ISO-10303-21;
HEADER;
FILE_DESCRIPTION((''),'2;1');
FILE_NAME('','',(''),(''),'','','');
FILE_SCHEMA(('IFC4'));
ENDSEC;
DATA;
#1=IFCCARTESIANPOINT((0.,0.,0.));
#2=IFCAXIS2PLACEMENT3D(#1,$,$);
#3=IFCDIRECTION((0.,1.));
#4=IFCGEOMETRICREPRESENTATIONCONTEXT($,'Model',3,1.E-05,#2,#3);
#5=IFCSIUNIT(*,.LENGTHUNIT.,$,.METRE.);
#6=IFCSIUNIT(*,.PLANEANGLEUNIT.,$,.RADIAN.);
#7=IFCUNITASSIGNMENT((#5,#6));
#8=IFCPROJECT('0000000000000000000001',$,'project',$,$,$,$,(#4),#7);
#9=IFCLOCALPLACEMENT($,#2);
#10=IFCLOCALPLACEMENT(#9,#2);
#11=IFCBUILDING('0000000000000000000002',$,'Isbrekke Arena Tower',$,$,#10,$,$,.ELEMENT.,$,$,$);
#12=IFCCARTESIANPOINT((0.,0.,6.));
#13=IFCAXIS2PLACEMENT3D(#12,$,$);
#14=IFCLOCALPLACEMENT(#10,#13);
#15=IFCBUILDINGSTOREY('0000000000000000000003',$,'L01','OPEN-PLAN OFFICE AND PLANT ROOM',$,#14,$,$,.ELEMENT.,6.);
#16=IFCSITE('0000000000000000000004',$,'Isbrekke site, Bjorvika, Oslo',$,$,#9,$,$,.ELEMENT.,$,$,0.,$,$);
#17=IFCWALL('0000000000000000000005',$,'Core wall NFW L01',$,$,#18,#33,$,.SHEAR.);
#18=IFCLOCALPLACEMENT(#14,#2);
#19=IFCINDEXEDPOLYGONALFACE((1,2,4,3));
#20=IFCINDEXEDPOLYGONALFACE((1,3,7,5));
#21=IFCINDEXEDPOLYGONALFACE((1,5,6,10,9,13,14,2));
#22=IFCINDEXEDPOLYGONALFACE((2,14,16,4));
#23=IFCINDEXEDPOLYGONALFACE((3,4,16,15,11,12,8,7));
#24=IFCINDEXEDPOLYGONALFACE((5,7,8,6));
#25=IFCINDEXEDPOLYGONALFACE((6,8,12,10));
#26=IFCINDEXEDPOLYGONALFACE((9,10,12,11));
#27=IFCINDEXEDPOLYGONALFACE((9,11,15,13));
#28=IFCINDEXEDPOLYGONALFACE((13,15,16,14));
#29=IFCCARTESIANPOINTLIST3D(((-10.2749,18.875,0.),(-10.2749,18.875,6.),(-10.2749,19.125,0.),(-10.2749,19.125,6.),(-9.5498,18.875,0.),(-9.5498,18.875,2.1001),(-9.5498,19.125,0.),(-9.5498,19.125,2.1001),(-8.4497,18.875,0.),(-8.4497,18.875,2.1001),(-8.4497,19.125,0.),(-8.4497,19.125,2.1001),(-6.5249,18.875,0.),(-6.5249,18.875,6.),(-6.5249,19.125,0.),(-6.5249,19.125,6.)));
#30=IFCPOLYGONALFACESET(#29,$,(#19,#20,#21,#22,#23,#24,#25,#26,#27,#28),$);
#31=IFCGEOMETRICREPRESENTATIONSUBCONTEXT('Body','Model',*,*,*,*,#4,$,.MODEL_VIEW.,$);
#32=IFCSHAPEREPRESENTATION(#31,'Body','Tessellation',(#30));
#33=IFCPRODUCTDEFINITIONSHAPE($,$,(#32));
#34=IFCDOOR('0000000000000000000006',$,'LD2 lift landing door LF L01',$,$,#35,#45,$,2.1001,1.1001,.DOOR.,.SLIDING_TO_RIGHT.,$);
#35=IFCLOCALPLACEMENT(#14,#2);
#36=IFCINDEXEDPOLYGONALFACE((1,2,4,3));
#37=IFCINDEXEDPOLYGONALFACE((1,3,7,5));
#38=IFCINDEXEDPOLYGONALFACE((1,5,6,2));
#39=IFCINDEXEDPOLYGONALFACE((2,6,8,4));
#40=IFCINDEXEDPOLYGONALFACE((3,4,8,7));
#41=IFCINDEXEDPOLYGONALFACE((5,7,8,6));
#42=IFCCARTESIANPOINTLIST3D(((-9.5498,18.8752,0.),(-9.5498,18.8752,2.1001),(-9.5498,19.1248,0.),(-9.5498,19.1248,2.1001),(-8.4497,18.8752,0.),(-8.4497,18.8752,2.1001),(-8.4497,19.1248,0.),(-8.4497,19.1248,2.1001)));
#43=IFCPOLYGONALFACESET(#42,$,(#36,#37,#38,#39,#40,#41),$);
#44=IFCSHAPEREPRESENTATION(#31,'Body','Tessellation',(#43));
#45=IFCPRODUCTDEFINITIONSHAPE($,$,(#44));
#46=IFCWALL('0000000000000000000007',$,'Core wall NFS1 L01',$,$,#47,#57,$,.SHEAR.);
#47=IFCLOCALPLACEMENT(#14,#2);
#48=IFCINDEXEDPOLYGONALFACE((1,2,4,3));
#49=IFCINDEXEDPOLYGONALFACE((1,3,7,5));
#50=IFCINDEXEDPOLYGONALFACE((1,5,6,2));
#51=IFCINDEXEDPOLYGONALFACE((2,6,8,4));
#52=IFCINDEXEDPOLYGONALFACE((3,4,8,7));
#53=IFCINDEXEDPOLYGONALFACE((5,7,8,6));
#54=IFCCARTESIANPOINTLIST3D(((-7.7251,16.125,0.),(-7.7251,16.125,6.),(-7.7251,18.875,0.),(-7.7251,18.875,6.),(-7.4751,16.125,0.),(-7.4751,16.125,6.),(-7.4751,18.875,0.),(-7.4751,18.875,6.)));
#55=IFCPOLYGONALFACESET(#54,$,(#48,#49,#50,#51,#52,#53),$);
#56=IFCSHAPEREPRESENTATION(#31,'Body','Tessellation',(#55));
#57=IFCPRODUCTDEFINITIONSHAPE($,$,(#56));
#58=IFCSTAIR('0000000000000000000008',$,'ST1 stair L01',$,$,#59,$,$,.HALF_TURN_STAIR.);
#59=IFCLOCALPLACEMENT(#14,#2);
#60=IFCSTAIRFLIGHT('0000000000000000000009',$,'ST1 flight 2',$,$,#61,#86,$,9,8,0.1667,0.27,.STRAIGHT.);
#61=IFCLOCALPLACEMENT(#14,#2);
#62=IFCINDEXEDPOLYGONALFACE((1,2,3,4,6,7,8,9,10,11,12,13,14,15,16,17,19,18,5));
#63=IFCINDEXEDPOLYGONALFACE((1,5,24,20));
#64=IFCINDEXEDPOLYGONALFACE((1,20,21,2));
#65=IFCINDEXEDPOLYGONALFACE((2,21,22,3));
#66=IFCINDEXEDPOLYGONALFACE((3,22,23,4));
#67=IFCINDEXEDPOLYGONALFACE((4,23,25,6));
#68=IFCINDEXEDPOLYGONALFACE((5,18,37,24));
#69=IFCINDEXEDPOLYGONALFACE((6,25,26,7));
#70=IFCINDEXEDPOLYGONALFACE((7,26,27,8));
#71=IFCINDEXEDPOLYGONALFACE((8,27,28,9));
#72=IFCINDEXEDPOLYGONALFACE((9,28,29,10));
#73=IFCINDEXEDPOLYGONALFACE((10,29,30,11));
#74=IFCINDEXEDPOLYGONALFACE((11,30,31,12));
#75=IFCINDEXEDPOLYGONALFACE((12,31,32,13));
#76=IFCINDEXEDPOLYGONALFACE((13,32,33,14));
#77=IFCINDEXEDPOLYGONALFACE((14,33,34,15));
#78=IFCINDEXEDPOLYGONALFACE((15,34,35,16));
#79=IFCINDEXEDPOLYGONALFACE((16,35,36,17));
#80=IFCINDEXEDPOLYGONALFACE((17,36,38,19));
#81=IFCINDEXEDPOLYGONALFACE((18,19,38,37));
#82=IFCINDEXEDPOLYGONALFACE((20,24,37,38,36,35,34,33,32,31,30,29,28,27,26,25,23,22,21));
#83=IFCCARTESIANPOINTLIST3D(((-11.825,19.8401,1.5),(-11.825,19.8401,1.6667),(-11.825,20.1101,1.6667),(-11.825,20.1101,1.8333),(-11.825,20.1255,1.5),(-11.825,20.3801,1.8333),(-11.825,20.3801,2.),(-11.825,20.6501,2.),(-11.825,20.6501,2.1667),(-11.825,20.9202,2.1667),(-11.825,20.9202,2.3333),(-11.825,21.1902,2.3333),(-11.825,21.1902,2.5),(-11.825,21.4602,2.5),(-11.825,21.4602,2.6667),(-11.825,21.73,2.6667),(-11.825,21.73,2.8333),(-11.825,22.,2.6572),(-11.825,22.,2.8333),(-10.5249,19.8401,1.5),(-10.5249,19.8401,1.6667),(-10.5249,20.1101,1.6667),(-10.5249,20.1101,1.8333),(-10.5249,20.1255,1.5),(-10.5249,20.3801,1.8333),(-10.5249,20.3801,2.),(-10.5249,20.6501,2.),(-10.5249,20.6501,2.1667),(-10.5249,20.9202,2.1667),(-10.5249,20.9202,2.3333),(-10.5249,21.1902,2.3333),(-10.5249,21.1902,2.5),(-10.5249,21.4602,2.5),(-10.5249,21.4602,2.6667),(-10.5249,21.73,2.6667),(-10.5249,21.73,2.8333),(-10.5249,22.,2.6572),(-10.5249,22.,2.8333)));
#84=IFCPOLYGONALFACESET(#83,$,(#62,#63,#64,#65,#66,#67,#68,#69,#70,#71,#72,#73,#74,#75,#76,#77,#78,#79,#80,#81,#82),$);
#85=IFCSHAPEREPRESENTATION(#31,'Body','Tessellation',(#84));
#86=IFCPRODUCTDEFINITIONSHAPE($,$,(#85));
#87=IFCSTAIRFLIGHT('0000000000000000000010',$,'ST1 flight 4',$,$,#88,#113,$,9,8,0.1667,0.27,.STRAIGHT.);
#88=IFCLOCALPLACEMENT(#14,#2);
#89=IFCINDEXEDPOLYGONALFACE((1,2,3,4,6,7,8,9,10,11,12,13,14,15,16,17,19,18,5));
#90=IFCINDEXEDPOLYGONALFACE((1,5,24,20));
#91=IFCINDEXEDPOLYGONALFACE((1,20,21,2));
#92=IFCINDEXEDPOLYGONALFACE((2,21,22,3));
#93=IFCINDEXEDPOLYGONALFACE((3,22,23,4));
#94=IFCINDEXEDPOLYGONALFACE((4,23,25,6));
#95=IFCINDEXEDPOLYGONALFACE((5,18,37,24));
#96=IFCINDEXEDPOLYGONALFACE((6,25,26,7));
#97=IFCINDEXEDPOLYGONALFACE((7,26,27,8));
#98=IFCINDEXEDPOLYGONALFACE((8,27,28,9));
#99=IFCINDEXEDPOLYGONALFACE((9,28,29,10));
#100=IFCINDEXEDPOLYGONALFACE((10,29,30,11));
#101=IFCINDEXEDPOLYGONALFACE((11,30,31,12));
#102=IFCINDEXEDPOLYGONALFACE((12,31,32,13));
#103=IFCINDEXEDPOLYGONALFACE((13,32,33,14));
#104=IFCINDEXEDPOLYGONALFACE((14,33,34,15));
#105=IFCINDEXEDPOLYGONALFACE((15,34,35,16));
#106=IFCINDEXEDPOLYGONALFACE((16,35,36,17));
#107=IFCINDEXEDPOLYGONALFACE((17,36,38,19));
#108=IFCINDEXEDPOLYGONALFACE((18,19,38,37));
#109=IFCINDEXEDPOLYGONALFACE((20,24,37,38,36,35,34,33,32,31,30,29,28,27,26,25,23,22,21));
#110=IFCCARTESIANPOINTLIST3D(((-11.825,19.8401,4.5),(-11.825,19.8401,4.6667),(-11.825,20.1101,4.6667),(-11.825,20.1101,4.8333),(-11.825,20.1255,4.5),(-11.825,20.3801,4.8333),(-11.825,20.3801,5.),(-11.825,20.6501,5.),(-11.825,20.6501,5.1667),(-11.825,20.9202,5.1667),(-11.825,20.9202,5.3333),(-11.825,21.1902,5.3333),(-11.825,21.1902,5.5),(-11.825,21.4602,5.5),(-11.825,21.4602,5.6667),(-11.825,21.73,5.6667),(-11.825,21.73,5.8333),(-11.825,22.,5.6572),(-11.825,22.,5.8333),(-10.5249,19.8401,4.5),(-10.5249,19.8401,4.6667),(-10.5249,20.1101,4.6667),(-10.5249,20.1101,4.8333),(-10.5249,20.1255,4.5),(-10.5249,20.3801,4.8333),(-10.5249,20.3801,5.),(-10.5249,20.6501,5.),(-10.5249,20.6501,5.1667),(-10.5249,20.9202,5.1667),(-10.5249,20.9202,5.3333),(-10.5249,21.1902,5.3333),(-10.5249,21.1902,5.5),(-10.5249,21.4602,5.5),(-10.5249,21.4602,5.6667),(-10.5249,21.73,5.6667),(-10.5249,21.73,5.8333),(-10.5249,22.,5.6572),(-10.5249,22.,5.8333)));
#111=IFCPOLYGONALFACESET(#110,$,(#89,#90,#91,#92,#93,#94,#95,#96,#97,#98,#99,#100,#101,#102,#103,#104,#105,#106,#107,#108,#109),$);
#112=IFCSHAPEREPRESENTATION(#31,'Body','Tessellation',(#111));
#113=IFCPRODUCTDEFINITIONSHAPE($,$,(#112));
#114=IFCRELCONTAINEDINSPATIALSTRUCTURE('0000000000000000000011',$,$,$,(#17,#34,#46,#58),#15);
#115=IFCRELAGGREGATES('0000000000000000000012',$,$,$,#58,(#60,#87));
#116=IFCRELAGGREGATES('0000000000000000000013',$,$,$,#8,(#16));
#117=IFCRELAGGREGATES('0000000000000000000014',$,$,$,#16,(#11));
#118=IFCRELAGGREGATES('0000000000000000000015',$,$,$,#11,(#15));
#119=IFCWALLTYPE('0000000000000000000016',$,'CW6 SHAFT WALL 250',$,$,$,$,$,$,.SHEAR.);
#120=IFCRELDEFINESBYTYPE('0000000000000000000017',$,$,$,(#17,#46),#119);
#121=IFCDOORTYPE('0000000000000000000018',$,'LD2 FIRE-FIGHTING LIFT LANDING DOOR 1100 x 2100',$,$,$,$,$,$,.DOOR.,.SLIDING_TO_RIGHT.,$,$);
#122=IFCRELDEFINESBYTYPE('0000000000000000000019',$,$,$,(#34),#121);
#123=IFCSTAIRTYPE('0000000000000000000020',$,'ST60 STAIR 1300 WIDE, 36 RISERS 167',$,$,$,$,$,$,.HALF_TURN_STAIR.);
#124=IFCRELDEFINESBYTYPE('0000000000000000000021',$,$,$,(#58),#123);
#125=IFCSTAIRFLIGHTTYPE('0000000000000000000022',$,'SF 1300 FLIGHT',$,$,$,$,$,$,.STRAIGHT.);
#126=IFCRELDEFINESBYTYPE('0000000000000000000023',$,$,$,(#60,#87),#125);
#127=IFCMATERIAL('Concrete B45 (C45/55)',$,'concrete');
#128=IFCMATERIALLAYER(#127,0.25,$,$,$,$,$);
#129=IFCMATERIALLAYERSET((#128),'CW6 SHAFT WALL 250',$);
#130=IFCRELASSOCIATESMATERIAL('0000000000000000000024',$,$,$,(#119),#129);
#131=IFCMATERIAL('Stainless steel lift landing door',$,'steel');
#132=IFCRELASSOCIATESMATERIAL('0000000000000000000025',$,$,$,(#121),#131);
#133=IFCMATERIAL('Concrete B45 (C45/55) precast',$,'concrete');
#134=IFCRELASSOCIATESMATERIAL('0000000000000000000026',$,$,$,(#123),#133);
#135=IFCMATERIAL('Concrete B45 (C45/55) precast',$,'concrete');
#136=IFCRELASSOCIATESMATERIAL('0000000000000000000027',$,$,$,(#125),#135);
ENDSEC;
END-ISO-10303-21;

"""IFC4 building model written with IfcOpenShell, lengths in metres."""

from ifc_helpers import new_model, si_unit, direction, frame, frame_2d, origin, place, context, subcontext, project, spatial, polyline, rectangle, outline, extrude, material, layer, layer_set, type_object, element, fill, aggregate, save


model = new_model("IFC4")

# Units and contexts
model_context = context("Model", 3, precision=1e-05, world=origin(), true_north=direction((0.0, 1.0)))
body_context = subcontext(model_context, "Body", "Model", "MODEL_VIEW")
ifc_project = project(units=[si_unit("LENGTHUNIT", "METRE"), si_unit("PLANEANGLEUNIT", "RADIAN")], contexts=[model_context])

# Site, building, storey
site_placement = place(None, origin())
site = spatial("IfcSite", under=ifc_project, at=site_placement, Name="Isbrekke site, Bjorvika, Oslo", CompositionType="ELEMENT", RefElevation=0.0)
building_placement = place(site_placement, origin())
building = spatial("IfcBuilding", under=site, at=building_placement, Name="Isbrekke Arena Tower", CompositionType="ELEMENT")
storey_placement = place(building_placement, frame((0.0, 0.0, 6.0)))
storey = spatial("IfcBuildingStorey", under=building, at=storey_placement, Name="L01", Description="OPEN-PLAN OFFICE AND PLANT ROOM", CompositionType="ELEMENT", Elevation=6.0)

# Shared definitions
ifc_material_1 = material(Name="Concrete B45 (C45/55)", Category="concrete")
ifc_layer = layer(ifc_material_1, 0.25)
ifc_layer_set = layer_set([ifc_layer], Name="CW6 SHAFT WALL 250")
wall_type = type_object("IfcWallType", Name="CW6 SHAFT WALL 250", PredefinedType="SHEAR", material=ifc_layer_set)

# Wall, opening, door
wall_1_placement = place(storey_placement, frame((-10.2749, 19.0, 0.0), z_axis=(0.0, 0.0, 1.0), x_axis=(1.0, 0.0, 0.0)))
wall_1 = element("IfcWall", 1, at=wall_1_placement, inside=storey, type_object=wall_type, Name="Core wall NFW L01", PredefinedType="SHEAR", context=body_context, shape_type="SweptSolid", body=[
    extrude(rectangle(XDim=3.75, YDim=0.25, at=frame_2d((1.875, 0.0))), origin(), (0.0, 0.0, 1.0), 6.0),
])
opening_1_placement = place(wall_1_placement, frame((0.7251, 0.0, 0.0)))
opening_1 = element("IfcOpeningElement", 2, at=opening_1_placement, cuts=wall_1, PredefinedType="OPENING", context=body_context, shape_type="SweptSolid", body=[
    extrude(rectangle(XDim=1.1001, YDim=2.1001, at=frame_2d((0.55, 1.05))), frame((0.0, 0.1399, 0.0), z_axis=(0.0, -1.0, 0.0), x_axis=(1.0, 0.0, 0.0)), (0.0, 0.0, 1.0), 0.2798),
])
ifc_material_2 = material(Name="Stainless steel lift landing door", Category="steel")
door_type_1 = type_object("IfcDoorType", Name="LD2 FIRE-FIGHTING LIFT LANDING DOOR 1100 x 2100", OperationType="SLIDING_TO_RIGHT", PredefinedType="DOOR", material=ifc_material_2)
door_1_placement = place(opening_1_placement, origin())
door_1 = element("IfcDoor", 3, at=door_1_placement, inside=storey, type_object=door_type_1, Name="LD2 lift landing door LF L01", OperationType="SLIDING_TO_RIGHT", OverallHeight=2.1001, OverallWidth=1.1001, PredefinedType="DOOR", context=body_context, shape_type="SweptSolid", body=[
    extrude(rectangle(XDim=1.1001, YDim=2.1001, at=frame_2d((0.55, 1.05))), frame((0.0, 0.1248, 0.0), z_axis=(0.0, -1.0, 0.0), x_axis=(1.0, 0.0, 0.0)), (0.0, 0.0, 1.0), 0.2495),
])
fill(opening_1, door_1)

# Wall
wall_2_placement = place(storey_placement, frame((-7.6001, 16.125, 0.0), z_axis=(0.0, 0.0, 1.0), x_axis=(0.0, 1.0, 0.0)))
element("IfcWall", 4, at=wall_2_placement, inside=storey, type_object=wall_type, Name="Core wall NFS1 L01", PredefinedType="SHEAR", context=body_context, shape_type="SweptSolid", body=[
    extrude(rectangle(XDim=2.75, YDim=0.25, at=frame_2d((1.375, 0.0))), origin(), (0.0, 0.0, 1.0), 6.0),
])

# Stair, stair flights
ifc_material_3 = material(Name="Concrete B45 (C45/55) precast", Category="concrete")
stair_type = type_object("IfcStairType", Name="ST60 STAIR 1300 WIDE, 36 RISERS 167", PredefinedType="HALF_TURN_STAIR", material=ifc_material_3)
stair_placement = place(storey_placement, origin())
stair = element("IfcStair", 5, at=stair_placement, inside=storey, type_object=stair_type, Name="ST1 stair L01", PredefinedType="HALF_TURN_STAIR")
ifc_material_4 = material(Name="Concrete B45 (C45/55) precast", Category="concrete")
stair_flight_type = type_object("IfcStairFlightType", Name="SF 1300 FLIGHT", PredefinedType="STRAIGHT", material=ifc_material_4)
stair_flight_1_placement = place(storey_placement, frame((-11.175, 19.8401, 1.5), z_axis=(0.0, 0.0, 1.0), x_axis=(0.0, 1.0, 0.0)))
stair_flight_1 = element("IfcStairFlight", 6, at=stair_flight_1_placement, type_object=stair_flight_type, Name="ST1 flight 2", NumberOfRisers=9, NumberOfTreads=8, PredefinedType="STRAIGHT", RiserHeight=0.1667, TreadLength=0.27, context=body_context, shape_type="SweptSolid", body=[
    extrude(outline(polyline([(0.0, 0.0), (0.0, 0.1667), (0.27, 0.1667), (0.27, 0.3333), (0.54, 0.3333), (0.54, 0.5), (0.8101, 0.5), (0.8101, 0.6667), (1.0801, 0.6667), (1.0801, 0.8333), (1.3501, 0.8333), (1.3501, 1.0), (1.6201, 1.0), (1.6201, 1.1667), (1.8899, 1.1667), (1.8899, 1.3333), (2.1599, 1.3333), (2.1599, 1.5), (2.1599, 1.1572), (0.2854, 0.0), (0.0, 0.0)])), frame((0.0, 0.6499, 0.0), z_axis=(0.0, -1.0, 0.0), x_axis=(1.0, 0.0, 0.0)), (0.0, 0.0, 1.0), 1.3),
])
stair_flight_2_placement = place(storey_placement, frame((-11.175, 19.8401, 4.5), z_axis=(0.0, 0.0, 1.0), x_axis=(0.0, 1.0, 0.0)))
stair_flight_2 = element("IfcStairFlight", 7, at=stair_flight_2_placement, type_object=stair_flight_type, Name="ST1 flight 4", NumberOfRisers=9, NumberOfTreads=8, PredefinedType="STRAIGHT", RiserHeight=0.1667, TreadLength=0.27, context=body_context, shape_type="SweptSolid", body=[
    extrude(outline(polyline([(0.0, 0.0), (0.0, 0.1667), (0.27, 0.1667), (0.27, 0.3333), (0.54, 0.3333), (0.54, 0.5), (0.8101, 0.5), (0.8101, 0.6667), (1.0801, 0.6667), (1.0801, 0.8333), (1.3501, 0.8333), (1.3501, 1.0), (1.6201, 1.0), (1.6201, 1.1667), (1.8899, 1.1667), (1.8899, 1.3333), (2.1599, 1.3333), (2.1599, 1.5), (2.1599, 1.1572), (0.2854, 0.0), (0.0, 0.0)])), frame((0.0, 0.6499, 0.0), z_axis=(0.0, -1.0, 0.0), x_axis=(1.0, 0.0, 0.0)), (0.0, 0.0, 1.0), 1.3),
])
aggregate(stair, [stair_flight_1, stair_flight_2])

save(model, "model.ifc")
